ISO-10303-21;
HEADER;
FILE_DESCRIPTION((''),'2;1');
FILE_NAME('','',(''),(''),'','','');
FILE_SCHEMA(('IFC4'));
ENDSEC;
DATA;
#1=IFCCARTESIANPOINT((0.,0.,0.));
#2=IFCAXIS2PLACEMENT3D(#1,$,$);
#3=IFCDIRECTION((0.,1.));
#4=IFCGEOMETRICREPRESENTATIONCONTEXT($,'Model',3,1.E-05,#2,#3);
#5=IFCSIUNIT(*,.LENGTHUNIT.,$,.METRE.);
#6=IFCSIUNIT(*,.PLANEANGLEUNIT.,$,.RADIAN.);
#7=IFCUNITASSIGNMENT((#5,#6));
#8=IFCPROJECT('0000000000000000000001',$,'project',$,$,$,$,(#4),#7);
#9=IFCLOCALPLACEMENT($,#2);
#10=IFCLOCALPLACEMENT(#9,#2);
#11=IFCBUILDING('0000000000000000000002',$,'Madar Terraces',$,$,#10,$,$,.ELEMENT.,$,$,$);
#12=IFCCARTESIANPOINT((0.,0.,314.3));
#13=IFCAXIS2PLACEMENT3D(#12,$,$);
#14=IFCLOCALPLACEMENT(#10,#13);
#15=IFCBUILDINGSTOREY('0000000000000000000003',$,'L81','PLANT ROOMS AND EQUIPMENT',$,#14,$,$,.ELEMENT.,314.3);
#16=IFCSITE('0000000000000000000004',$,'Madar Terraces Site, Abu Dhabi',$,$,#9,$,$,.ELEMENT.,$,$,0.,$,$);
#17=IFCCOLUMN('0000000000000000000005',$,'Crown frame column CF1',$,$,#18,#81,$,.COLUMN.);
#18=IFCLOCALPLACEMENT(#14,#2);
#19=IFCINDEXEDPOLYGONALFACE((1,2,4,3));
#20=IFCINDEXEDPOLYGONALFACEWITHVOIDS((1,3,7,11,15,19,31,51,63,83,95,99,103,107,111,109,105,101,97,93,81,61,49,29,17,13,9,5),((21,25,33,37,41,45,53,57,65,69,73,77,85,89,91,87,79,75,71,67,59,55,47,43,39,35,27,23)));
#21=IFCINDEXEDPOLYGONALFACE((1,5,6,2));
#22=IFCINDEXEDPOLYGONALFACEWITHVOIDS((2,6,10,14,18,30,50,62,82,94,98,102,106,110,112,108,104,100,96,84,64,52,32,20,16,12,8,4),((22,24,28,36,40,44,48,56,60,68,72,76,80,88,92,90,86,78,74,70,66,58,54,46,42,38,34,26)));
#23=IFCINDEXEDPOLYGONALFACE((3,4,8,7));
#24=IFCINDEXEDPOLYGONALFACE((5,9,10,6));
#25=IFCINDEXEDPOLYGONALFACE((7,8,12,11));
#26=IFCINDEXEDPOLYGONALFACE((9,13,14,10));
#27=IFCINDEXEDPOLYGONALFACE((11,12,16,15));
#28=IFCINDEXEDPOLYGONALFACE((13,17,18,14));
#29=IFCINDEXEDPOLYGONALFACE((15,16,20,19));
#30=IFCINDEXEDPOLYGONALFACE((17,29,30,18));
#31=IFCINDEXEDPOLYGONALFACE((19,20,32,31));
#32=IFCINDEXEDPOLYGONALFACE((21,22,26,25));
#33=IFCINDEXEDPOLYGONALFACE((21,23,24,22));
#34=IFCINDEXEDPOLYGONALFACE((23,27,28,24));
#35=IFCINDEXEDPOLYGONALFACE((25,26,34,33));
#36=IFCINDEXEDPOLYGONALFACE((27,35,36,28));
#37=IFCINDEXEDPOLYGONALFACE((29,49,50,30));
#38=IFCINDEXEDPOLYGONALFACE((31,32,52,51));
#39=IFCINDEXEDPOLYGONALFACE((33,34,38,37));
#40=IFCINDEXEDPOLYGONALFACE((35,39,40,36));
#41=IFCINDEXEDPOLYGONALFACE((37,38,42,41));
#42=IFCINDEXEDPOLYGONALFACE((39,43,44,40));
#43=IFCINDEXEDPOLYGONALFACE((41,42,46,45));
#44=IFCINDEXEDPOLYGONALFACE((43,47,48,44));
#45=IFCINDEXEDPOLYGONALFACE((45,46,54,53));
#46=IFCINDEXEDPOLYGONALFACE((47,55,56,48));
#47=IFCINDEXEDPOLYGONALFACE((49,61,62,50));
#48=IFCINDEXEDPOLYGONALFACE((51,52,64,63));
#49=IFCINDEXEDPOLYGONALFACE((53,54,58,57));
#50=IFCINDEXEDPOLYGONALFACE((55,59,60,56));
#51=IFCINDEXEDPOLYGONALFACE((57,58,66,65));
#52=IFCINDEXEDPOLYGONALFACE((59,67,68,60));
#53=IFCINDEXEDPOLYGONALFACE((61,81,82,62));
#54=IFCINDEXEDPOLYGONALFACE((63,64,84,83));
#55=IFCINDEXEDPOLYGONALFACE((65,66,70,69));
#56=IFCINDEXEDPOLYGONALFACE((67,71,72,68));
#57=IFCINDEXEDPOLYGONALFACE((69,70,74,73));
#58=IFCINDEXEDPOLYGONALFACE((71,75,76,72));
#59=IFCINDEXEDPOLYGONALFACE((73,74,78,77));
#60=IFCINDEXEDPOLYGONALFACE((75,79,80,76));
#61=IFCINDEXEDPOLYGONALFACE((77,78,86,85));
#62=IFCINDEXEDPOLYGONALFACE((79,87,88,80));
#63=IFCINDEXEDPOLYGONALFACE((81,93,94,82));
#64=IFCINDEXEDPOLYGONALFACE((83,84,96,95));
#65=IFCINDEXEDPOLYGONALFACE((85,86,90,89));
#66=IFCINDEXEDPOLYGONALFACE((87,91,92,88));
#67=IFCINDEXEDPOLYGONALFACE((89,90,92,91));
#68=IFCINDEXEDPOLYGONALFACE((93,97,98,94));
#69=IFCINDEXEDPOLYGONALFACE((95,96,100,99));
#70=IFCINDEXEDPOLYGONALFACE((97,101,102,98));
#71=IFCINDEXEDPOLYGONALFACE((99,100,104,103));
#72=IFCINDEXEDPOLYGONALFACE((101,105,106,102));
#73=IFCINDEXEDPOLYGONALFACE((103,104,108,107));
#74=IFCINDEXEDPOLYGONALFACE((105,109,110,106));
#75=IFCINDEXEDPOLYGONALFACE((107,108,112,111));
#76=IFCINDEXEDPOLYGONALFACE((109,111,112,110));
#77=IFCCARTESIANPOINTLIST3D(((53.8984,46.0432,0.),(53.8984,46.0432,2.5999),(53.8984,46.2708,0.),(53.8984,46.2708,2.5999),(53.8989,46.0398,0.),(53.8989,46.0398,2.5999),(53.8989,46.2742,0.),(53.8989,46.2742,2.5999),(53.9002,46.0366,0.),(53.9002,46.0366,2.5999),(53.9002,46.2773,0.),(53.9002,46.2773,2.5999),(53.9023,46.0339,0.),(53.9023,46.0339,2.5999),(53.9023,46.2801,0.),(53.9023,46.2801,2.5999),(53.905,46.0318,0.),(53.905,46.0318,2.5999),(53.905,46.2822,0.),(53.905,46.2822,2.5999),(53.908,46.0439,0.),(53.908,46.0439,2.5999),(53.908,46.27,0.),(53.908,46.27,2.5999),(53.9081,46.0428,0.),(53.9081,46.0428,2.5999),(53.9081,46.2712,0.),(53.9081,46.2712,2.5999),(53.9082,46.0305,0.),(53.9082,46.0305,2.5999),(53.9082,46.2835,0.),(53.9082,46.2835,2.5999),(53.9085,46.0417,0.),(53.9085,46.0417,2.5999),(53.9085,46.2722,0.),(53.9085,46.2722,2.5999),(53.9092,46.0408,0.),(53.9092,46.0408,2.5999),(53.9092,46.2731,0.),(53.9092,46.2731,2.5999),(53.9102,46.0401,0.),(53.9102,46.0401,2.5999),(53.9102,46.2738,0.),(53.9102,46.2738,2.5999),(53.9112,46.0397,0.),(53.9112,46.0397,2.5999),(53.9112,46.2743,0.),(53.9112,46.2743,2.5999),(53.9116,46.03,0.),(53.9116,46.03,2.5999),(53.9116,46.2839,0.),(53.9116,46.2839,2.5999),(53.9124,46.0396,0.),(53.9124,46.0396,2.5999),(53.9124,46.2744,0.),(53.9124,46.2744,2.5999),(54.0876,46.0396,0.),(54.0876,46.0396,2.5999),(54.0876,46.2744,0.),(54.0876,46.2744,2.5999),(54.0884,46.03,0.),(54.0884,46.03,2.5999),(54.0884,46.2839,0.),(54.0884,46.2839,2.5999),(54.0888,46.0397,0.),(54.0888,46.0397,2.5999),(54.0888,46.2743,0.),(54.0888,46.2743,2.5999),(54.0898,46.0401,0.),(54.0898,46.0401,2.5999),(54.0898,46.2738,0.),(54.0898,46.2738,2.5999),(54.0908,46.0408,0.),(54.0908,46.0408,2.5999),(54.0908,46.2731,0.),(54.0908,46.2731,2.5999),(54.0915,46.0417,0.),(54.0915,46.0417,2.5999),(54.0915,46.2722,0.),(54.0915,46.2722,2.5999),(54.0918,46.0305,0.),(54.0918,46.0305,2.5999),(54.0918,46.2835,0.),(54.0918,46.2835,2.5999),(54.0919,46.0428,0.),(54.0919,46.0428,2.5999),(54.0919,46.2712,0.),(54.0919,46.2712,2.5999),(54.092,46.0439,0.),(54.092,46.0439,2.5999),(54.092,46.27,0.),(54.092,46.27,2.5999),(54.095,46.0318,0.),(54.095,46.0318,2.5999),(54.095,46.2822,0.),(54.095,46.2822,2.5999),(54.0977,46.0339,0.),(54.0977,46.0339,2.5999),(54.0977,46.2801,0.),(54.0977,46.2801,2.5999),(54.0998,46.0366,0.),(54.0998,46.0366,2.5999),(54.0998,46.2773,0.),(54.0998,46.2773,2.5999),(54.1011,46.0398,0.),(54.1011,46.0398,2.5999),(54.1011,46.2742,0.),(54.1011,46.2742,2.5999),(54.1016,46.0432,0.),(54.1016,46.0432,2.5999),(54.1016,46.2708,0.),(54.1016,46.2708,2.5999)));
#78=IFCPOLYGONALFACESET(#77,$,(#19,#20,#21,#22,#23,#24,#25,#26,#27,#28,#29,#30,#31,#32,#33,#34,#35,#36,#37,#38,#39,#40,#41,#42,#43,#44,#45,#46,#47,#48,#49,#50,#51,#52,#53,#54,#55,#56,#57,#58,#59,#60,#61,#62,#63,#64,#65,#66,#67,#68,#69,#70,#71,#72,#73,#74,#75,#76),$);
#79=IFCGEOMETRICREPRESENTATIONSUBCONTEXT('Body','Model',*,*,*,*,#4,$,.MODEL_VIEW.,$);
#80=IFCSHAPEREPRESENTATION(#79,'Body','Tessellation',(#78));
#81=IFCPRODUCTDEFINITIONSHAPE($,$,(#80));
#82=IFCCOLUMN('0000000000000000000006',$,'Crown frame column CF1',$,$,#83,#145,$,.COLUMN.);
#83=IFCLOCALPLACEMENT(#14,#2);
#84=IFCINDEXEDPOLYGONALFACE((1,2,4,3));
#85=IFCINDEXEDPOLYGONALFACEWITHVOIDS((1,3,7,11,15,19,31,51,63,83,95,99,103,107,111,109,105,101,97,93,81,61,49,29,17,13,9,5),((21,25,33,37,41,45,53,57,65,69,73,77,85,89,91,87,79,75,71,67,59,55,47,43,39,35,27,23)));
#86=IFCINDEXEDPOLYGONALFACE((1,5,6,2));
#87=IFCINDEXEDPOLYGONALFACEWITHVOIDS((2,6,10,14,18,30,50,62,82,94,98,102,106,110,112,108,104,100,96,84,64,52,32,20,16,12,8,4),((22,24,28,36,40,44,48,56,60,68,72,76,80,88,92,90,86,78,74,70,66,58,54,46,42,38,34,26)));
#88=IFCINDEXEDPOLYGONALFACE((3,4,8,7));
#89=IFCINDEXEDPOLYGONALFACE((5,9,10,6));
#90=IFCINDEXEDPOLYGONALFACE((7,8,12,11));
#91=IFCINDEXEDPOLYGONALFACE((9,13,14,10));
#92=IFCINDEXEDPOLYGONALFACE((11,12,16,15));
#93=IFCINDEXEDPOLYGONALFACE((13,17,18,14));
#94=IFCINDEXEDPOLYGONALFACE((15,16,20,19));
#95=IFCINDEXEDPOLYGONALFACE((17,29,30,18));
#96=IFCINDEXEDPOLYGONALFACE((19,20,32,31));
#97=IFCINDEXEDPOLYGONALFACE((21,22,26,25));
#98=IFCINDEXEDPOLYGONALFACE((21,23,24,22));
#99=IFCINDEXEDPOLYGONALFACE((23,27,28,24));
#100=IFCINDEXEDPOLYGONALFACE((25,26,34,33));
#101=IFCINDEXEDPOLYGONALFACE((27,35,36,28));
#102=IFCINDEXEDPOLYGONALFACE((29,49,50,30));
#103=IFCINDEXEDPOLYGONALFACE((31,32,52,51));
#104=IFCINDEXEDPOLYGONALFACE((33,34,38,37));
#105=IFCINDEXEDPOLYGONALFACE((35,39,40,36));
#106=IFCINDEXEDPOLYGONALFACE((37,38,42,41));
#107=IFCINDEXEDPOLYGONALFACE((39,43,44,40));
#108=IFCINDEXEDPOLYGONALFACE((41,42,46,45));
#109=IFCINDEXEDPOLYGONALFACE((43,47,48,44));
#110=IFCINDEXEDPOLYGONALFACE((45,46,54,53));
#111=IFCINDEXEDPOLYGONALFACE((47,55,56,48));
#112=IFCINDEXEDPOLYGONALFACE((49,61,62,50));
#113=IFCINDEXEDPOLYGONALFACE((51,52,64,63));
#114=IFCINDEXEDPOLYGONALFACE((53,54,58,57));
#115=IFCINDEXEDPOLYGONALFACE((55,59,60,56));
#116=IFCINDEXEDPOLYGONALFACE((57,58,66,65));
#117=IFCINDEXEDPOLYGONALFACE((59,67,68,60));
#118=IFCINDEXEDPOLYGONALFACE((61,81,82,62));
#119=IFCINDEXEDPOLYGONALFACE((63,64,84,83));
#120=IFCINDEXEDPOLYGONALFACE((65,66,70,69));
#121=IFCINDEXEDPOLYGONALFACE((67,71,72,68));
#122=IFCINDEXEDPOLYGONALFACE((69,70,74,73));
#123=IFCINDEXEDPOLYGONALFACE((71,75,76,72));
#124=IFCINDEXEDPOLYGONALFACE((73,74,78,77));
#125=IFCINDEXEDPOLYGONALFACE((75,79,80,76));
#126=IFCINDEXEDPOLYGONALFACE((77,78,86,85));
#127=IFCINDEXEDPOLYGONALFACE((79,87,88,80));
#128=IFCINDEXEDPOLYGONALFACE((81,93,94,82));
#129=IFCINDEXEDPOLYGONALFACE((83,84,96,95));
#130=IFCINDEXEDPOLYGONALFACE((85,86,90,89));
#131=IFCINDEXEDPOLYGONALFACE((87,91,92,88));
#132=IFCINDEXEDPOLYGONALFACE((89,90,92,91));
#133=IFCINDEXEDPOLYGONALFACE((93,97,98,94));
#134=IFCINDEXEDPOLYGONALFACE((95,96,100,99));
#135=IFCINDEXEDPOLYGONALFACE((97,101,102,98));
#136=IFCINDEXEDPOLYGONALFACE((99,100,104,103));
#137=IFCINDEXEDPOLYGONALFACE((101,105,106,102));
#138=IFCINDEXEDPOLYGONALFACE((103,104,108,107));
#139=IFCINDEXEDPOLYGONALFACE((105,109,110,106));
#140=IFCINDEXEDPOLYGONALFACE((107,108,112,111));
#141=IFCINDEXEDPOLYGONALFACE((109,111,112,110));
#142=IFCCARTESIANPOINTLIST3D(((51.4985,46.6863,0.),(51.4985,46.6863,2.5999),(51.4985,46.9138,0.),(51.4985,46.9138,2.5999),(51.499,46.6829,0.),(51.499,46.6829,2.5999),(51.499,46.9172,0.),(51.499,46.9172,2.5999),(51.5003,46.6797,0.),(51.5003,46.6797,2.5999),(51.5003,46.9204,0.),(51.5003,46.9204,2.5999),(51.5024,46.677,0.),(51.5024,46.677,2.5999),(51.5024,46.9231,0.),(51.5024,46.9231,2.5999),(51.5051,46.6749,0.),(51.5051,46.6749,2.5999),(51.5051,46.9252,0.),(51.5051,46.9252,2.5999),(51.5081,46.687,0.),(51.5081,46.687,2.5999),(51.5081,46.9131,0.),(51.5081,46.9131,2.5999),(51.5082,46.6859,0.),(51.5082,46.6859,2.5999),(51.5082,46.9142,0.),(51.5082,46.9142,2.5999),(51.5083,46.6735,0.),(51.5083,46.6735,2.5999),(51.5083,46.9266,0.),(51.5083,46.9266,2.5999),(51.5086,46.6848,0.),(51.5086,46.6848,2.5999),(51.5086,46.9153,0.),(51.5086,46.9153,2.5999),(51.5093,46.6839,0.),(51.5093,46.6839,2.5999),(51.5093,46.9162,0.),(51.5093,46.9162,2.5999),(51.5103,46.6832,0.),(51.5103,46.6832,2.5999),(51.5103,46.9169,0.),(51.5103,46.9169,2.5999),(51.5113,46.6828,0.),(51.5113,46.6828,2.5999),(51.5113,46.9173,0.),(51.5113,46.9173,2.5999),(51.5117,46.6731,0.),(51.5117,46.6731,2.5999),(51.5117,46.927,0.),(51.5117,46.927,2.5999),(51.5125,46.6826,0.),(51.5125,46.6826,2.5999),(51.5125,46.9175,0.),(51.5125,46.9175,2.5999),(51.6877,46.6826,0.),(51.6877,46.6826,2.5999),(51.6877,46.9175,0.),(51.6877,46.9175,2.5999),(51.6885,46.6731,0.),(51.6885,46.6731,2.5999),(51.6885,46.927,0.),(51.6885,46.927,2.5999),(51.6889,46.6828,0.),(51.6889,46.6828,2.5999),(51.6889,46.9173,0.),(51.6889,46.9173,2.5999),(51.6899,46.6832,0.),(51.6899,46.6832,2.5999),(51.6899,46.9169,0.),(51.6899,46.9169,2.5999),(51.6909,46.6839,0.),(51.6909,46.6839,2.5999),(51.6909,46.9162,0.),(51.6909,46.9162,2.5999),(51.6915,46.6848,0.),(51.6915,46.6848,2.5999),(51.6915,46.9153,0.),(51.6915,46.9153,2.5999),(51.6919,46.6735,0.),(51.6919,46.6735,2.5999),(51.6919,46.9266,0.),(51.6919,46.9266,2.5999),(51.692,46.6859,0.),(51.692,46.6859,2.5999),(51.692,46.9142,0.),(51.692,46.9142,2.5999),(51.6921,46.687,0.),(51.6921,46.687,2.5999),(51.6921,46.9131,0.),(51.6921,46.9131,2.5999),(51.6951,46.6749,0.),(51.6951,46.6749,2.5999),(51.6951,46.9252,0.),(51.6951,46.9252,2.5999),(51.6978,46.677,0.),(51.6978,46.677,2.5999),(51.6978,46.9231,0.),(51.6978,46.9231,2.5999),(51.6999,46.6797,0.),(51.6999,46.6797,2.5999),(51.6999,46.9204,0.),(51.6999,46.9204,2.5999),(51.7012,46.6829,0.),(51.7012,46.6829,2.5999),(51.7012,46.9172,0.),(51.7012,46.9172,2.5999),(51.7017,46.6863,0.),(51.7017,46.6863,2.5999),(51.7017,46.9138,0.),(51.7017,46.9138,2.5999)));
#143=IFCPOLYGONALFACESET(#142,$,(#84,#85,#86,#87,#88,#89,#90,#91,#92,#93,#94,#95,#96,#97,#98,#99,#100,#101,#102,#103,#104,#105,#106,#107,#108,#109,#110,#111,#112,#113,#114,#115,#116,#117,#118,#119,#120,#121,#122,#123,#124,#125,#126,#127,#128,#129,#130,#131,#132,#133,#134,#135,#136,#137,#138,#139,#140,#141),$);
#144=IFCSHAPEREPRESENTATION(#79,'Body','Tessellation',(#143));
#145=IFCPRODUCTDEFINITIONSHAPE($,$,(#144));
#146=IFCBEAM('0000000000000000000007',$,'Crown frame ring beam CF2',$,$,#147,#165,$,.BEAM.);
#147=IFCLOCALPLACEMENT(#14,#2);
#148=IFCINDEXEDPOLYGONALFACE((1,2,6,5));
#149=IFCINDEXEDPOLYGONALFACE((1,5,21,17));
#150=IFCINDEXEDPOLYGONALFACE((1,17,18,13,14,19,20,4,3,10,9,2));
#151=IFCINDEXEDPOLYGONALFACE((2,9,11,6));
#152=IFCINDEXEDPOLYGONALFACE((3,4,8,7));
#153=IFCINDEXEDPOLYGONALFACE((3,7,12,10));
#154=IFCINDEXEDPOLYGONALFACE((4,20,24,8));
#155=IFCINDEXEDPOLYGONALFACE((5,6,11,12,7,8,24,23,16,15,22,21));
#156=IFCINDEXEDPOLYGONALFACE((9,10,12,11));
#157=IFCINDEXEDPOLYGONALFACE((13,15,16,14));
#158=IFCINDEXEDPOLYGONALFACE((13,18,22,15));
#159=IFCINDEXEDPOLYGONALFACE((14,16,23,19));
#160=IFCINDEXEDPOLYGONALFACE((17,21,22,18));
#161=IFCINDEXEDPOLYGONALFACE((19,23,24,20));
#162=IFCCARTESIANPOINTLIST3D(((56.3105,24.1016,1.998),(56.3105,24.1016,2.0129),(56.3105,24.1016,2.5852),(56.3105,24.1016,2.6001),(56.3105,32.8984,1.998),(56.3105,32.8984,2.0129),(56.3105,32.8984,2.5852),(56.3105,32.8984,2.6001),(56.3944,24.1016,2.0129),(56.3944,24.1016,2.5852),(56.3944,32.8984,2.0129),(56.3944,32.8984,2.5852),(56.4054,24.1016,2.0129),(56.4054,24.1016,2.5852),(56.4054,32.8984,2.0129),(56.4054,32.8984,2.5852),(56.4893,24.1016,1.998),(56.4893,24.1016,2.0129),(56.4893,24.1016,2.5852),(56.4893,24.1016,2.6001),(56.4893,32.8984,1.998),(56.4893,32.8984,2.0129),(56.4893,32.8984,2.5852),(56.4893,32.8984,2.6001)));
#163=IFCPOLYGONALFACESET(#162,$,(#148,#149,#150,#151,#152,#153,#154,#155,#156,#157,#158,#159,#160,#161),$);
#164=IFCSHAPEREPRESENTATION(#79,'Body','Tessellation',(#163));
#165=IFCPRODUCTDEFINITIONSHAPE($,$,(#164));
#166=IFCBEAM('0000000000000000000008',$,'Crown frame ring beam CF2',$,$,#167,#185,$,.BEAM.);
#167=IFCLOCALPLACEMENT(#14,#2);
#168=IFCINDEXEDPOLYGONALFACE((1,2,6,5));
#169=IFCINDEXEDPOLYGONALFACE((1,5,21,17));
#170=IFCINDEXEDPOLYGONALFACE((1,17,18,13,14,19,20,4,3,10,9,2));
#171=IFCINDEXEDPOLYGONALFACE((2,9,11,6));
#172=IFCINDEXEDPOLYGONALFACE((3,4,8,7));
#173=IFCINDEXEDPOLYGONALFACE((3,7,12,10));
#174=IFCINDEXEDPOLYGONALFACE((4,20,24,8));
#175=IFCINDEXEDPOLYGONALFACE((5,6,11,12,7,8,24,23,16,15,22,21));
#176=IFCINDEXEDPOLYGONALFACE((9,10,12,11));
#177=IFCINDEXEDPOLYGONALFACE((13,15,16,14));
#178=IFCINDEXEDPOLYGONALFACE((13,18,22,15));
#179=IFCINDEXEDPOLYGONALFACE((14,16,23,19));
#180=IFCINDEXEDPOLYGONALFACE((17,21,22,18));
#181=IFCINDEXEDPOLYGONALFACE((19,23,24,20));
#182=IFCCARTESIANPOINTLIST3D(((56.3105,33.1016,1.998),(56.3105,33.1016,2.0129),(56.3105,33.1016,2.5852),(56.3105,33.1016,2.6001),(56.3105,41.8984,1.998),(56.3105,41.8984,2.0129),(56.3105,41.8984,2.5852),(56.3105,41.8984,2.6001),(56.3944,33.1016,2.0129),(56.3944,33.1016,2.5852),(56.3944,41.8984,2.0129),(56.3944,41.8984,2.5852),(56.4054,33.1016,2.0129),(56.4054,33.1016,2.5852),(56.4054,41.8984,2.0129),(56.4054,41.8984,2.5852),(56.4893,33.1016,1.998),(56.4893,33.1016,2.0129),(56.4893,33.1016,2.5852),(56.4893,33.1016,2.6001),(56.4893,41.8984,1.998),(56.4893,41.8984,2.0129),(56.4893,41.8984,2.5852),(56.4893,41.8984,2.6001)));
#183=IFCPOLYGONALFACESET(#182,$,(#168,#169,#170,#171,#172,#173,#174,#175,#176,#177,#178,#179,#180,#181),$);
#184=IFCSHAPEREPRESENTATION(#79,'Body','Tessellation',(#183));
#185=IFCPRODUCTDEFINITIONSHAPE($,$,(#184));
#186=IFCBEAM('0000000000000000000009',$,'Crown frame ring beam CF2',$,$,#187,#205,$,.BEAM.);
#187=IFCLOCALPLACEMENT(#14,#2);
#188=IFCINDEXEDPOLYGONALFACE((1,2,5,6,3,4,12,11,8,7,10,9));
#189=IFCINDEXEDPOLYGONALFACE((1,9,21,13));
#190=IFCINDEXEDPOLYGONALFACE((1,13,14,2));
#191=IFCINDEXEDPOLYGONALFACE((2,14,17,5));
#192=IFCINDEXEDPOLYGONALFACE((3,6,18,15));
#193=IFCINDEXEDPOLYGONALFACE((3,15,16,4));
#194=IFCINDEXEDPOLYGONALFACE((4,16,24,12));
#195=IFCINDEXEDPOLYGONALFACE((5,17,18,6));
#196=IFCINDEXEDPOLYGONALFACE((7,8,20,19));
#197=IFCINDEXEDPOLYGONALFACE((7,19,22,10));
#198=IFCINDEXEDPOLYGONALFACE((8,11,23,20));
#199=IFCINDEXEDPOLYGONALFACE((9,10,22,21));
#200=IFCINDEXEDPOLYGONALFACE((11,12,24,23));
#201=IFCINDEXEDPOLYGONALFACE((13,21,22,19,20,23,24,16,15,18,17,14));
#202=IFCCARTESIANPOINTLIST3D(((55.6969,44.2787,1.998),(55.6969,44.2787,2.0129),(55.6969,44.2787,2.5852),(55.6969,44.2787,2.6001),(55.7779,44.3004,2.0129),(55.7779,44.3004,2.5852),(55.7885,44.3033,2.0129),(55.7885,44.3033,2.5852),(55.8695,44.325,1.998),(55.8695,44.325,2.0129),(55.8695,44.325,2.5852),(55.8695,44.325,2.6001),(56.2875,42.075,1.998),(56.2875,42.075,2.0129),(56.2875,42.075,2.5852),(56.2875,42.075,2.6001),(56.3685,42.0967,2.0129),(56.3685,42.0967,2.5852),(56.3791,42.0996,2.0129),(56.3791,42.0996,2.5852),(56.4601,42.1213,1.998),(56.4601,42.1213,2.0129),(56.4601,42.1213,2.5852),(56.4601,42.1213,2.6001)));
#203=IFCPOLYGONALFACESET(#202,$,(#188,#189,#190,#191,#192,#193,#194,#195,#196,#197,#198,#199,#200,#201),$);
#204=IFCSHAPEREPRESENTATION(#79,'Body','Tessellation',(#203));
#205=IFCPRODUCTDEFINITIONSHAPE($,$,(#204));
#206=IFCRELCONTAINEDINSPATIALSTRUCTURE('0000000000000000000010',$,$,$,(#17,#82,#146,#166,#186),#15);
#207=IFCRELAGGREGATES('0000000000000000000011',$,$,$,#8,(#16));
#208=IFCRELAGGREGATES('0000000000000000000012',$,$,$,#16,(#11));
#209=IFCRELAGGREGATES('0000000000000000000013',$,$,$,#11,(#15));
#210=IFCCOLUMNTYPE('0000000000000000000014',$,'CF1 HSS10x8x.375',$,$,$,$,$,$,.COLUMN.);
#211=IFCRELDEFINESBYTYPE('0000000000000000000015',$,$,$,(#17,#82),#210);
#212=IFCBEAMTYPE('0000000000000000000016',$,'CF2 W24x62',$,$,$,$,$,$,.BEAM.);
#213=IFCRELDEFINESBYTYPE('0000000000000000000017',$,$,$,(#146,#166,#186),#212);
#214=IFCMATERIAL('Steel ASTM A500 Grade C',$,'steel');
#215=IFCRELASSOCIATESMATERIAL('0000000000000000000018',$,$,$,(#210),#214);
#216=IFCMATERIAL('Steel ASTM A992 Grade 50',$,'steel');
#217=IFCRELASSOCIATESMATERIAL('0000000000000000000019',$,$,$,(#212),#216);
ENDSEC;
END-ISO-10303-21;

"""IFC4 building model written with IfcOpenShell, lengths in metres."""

from ifc_helpers import new_model, si_unit, direction, frame, origin, origin_2d, place, context, subcontext, project, spatial, hollow_rectangle, i_section, extrude, material, material_profile, profile_set, type_object, element, save


model = new_model("IFC4")

# Units and contexts
model_context = context("Model", 3, precision=1e-05, world=origin(), true_north=direction((0.0, 1.0)))
body_context = subcontext(model_context, "Body", "Model", "MODEL_VIEW")
ifc_project = project(units=[si_unit("LENGTHUNIT", "METRE"), si_unit("PLANEANGLEUNIT", "RADIAN")], contexts=[model_context])

# Site, building, storey
site_placement = place(None, origin())
site = spatial("IfcSite", under=ifc_project, at=site_placement, Name="Madar Terraces Site, Abu Dhabi", CompositionType="ELEMENT", RefElevation=0.0)
building_placement = place(site_placement, origin())
building = spatial("IfcBuilding", under=site, at=building_placement, Name="Madar Terraces", CompositionType="ELEMENT")
storey_placement = place(building_placement, frame((0.0, 0.0, 314.3)))
storey = spatial("IfcBuildingStorey", under=building, at=storey_placement, Name="L81", Description="PLANT ROOMS AND EQUIPMENT", CompositionType="ELEMENT", Elevation=314.3)

# Columns
ifc_material_1 = material(Name="Steel ASTM A500 Grade C", Category="steel")
ifc_material_profile_1 = material_profile(ifc_material_1, hollow_rectangle(XDim=0.2031, YDim=0.2539, WallThickness=0.0095, InnerFilletRadius=0.0044, OuterFilletRadius=0.0132, at=origin_2d()), Name="HSS10x8x.375")
ifc_profile_set_1 = profile_set([ifc_material_profile_1], Name="Steel ASTM A500 Grade C")
column_type = type_object("IfcColumnType", Name="CF1 HSS10x8x.375", PredefinedType="COLUMN", material=ifc_profile_set_1)
for number, where, z_axis, x_axis, name in (
    (1, (54.0, 46.157, 0.0), (0.0, 0.0, 1.0), (1.0, 0.0, 0.0), "Crown frame column CF1"),
    (2, (51.6001, 46.8, 0.0), (0.0, 0.0, 1.0), (1.0, 0.0, 0.0), "Crown frame column CF1"),
):
    element("IfcColumn", number, at=place(storey_placement, frame(where, z_axis=z_axis, x_axis=x_axis)), inside=storey, type_object=column_type, Name=name, PredefinedType="COLUMN", context=body_context, shape_type="SweptSolid", body=[
        extrude(hollow_rectangle(XDim=0.2031, YDim=0.2539, WallThickness=0.0095, InnerFilletRadius=0.0044, OuterFilletRadius=0.0132, at=origin_2d()), origin(), (0.0, 0.0, 1.0), 2.5999),
    ])

# Beams
ifc_material_2 = material(Name="Steel ASTM A992 Grade 50", Category="steel")
ifc_material_profile_2 = material_profile(ifc_material_2, i_section(OverallWidth=0.1787, OverallDepth=0.6021, WebThickness=0.011, FlangeThickness=0.0149, at=origin_2d()), Name="W24x62")
ifc_profile_set_2 = profile_set([ifc_material_profile_2], Name="Steel ASTM A992 Grade 50")
beam_type = type_object("IfcBeamType", Name="CF2 W24x62", PredefinedType="BEAM", material=ifc_profile_set_2)
for number, where, z_axis, x_axis, name in (
    (3, (56.3999, 24.1016, 2.2991), (0.0, 1.0, 0.0), (-1.0, 0.0, 0.0), "Crown frame ring beam CF2"),
    (4, (56.3999, 33.1016, 2.2991), (0.0, 1.0, 0.0), (-1.0, 0.0, 0.0), "Crown frame ring beam CF2"),
):
    element("IfcBeam", number, at=place(storey_placement, frame(where, z_axis=z_axis, x_axis=x_axis)), inside=storey, type_object=beam_type, Name=name, PredefinedType="BEAM", context=body_context, shape_type="SweptSolid", body=[
        extrude(i_section(OverallWidth=0.1787, OverallDepth=0.6021, WebThickness=0.011, FlangeThickness=0.0149, at=origin_2d()), origin(), (0.0, 0.0, 1.0), 8.7969),
    ])
beam_1_placement = place(storey_placement, frame((56.3738, 42.0981, 2.2991), z_axis=(-0.258868, 0.965913, 0.0), x_axis=(-0.965913, -0.258868, 0.0)))
element("IfcBeam", 5, at=beam_1_placement, inside=storey, type_object=beam_type, Name="Crown frame ring beam CF2", PredefinedType="BEAM", context=body_context, shape_type="SweptSolid", body=[
    extrude(i_section(OverallWidth=0.1787, OverallDepth=0.6021, WebThickness=0.011, FlangeThickness=0.0149, at=origin_2d()), origin(), (0.0, 0.0, 1.0), 2.2815),
])

save(model, "model.ifc")
